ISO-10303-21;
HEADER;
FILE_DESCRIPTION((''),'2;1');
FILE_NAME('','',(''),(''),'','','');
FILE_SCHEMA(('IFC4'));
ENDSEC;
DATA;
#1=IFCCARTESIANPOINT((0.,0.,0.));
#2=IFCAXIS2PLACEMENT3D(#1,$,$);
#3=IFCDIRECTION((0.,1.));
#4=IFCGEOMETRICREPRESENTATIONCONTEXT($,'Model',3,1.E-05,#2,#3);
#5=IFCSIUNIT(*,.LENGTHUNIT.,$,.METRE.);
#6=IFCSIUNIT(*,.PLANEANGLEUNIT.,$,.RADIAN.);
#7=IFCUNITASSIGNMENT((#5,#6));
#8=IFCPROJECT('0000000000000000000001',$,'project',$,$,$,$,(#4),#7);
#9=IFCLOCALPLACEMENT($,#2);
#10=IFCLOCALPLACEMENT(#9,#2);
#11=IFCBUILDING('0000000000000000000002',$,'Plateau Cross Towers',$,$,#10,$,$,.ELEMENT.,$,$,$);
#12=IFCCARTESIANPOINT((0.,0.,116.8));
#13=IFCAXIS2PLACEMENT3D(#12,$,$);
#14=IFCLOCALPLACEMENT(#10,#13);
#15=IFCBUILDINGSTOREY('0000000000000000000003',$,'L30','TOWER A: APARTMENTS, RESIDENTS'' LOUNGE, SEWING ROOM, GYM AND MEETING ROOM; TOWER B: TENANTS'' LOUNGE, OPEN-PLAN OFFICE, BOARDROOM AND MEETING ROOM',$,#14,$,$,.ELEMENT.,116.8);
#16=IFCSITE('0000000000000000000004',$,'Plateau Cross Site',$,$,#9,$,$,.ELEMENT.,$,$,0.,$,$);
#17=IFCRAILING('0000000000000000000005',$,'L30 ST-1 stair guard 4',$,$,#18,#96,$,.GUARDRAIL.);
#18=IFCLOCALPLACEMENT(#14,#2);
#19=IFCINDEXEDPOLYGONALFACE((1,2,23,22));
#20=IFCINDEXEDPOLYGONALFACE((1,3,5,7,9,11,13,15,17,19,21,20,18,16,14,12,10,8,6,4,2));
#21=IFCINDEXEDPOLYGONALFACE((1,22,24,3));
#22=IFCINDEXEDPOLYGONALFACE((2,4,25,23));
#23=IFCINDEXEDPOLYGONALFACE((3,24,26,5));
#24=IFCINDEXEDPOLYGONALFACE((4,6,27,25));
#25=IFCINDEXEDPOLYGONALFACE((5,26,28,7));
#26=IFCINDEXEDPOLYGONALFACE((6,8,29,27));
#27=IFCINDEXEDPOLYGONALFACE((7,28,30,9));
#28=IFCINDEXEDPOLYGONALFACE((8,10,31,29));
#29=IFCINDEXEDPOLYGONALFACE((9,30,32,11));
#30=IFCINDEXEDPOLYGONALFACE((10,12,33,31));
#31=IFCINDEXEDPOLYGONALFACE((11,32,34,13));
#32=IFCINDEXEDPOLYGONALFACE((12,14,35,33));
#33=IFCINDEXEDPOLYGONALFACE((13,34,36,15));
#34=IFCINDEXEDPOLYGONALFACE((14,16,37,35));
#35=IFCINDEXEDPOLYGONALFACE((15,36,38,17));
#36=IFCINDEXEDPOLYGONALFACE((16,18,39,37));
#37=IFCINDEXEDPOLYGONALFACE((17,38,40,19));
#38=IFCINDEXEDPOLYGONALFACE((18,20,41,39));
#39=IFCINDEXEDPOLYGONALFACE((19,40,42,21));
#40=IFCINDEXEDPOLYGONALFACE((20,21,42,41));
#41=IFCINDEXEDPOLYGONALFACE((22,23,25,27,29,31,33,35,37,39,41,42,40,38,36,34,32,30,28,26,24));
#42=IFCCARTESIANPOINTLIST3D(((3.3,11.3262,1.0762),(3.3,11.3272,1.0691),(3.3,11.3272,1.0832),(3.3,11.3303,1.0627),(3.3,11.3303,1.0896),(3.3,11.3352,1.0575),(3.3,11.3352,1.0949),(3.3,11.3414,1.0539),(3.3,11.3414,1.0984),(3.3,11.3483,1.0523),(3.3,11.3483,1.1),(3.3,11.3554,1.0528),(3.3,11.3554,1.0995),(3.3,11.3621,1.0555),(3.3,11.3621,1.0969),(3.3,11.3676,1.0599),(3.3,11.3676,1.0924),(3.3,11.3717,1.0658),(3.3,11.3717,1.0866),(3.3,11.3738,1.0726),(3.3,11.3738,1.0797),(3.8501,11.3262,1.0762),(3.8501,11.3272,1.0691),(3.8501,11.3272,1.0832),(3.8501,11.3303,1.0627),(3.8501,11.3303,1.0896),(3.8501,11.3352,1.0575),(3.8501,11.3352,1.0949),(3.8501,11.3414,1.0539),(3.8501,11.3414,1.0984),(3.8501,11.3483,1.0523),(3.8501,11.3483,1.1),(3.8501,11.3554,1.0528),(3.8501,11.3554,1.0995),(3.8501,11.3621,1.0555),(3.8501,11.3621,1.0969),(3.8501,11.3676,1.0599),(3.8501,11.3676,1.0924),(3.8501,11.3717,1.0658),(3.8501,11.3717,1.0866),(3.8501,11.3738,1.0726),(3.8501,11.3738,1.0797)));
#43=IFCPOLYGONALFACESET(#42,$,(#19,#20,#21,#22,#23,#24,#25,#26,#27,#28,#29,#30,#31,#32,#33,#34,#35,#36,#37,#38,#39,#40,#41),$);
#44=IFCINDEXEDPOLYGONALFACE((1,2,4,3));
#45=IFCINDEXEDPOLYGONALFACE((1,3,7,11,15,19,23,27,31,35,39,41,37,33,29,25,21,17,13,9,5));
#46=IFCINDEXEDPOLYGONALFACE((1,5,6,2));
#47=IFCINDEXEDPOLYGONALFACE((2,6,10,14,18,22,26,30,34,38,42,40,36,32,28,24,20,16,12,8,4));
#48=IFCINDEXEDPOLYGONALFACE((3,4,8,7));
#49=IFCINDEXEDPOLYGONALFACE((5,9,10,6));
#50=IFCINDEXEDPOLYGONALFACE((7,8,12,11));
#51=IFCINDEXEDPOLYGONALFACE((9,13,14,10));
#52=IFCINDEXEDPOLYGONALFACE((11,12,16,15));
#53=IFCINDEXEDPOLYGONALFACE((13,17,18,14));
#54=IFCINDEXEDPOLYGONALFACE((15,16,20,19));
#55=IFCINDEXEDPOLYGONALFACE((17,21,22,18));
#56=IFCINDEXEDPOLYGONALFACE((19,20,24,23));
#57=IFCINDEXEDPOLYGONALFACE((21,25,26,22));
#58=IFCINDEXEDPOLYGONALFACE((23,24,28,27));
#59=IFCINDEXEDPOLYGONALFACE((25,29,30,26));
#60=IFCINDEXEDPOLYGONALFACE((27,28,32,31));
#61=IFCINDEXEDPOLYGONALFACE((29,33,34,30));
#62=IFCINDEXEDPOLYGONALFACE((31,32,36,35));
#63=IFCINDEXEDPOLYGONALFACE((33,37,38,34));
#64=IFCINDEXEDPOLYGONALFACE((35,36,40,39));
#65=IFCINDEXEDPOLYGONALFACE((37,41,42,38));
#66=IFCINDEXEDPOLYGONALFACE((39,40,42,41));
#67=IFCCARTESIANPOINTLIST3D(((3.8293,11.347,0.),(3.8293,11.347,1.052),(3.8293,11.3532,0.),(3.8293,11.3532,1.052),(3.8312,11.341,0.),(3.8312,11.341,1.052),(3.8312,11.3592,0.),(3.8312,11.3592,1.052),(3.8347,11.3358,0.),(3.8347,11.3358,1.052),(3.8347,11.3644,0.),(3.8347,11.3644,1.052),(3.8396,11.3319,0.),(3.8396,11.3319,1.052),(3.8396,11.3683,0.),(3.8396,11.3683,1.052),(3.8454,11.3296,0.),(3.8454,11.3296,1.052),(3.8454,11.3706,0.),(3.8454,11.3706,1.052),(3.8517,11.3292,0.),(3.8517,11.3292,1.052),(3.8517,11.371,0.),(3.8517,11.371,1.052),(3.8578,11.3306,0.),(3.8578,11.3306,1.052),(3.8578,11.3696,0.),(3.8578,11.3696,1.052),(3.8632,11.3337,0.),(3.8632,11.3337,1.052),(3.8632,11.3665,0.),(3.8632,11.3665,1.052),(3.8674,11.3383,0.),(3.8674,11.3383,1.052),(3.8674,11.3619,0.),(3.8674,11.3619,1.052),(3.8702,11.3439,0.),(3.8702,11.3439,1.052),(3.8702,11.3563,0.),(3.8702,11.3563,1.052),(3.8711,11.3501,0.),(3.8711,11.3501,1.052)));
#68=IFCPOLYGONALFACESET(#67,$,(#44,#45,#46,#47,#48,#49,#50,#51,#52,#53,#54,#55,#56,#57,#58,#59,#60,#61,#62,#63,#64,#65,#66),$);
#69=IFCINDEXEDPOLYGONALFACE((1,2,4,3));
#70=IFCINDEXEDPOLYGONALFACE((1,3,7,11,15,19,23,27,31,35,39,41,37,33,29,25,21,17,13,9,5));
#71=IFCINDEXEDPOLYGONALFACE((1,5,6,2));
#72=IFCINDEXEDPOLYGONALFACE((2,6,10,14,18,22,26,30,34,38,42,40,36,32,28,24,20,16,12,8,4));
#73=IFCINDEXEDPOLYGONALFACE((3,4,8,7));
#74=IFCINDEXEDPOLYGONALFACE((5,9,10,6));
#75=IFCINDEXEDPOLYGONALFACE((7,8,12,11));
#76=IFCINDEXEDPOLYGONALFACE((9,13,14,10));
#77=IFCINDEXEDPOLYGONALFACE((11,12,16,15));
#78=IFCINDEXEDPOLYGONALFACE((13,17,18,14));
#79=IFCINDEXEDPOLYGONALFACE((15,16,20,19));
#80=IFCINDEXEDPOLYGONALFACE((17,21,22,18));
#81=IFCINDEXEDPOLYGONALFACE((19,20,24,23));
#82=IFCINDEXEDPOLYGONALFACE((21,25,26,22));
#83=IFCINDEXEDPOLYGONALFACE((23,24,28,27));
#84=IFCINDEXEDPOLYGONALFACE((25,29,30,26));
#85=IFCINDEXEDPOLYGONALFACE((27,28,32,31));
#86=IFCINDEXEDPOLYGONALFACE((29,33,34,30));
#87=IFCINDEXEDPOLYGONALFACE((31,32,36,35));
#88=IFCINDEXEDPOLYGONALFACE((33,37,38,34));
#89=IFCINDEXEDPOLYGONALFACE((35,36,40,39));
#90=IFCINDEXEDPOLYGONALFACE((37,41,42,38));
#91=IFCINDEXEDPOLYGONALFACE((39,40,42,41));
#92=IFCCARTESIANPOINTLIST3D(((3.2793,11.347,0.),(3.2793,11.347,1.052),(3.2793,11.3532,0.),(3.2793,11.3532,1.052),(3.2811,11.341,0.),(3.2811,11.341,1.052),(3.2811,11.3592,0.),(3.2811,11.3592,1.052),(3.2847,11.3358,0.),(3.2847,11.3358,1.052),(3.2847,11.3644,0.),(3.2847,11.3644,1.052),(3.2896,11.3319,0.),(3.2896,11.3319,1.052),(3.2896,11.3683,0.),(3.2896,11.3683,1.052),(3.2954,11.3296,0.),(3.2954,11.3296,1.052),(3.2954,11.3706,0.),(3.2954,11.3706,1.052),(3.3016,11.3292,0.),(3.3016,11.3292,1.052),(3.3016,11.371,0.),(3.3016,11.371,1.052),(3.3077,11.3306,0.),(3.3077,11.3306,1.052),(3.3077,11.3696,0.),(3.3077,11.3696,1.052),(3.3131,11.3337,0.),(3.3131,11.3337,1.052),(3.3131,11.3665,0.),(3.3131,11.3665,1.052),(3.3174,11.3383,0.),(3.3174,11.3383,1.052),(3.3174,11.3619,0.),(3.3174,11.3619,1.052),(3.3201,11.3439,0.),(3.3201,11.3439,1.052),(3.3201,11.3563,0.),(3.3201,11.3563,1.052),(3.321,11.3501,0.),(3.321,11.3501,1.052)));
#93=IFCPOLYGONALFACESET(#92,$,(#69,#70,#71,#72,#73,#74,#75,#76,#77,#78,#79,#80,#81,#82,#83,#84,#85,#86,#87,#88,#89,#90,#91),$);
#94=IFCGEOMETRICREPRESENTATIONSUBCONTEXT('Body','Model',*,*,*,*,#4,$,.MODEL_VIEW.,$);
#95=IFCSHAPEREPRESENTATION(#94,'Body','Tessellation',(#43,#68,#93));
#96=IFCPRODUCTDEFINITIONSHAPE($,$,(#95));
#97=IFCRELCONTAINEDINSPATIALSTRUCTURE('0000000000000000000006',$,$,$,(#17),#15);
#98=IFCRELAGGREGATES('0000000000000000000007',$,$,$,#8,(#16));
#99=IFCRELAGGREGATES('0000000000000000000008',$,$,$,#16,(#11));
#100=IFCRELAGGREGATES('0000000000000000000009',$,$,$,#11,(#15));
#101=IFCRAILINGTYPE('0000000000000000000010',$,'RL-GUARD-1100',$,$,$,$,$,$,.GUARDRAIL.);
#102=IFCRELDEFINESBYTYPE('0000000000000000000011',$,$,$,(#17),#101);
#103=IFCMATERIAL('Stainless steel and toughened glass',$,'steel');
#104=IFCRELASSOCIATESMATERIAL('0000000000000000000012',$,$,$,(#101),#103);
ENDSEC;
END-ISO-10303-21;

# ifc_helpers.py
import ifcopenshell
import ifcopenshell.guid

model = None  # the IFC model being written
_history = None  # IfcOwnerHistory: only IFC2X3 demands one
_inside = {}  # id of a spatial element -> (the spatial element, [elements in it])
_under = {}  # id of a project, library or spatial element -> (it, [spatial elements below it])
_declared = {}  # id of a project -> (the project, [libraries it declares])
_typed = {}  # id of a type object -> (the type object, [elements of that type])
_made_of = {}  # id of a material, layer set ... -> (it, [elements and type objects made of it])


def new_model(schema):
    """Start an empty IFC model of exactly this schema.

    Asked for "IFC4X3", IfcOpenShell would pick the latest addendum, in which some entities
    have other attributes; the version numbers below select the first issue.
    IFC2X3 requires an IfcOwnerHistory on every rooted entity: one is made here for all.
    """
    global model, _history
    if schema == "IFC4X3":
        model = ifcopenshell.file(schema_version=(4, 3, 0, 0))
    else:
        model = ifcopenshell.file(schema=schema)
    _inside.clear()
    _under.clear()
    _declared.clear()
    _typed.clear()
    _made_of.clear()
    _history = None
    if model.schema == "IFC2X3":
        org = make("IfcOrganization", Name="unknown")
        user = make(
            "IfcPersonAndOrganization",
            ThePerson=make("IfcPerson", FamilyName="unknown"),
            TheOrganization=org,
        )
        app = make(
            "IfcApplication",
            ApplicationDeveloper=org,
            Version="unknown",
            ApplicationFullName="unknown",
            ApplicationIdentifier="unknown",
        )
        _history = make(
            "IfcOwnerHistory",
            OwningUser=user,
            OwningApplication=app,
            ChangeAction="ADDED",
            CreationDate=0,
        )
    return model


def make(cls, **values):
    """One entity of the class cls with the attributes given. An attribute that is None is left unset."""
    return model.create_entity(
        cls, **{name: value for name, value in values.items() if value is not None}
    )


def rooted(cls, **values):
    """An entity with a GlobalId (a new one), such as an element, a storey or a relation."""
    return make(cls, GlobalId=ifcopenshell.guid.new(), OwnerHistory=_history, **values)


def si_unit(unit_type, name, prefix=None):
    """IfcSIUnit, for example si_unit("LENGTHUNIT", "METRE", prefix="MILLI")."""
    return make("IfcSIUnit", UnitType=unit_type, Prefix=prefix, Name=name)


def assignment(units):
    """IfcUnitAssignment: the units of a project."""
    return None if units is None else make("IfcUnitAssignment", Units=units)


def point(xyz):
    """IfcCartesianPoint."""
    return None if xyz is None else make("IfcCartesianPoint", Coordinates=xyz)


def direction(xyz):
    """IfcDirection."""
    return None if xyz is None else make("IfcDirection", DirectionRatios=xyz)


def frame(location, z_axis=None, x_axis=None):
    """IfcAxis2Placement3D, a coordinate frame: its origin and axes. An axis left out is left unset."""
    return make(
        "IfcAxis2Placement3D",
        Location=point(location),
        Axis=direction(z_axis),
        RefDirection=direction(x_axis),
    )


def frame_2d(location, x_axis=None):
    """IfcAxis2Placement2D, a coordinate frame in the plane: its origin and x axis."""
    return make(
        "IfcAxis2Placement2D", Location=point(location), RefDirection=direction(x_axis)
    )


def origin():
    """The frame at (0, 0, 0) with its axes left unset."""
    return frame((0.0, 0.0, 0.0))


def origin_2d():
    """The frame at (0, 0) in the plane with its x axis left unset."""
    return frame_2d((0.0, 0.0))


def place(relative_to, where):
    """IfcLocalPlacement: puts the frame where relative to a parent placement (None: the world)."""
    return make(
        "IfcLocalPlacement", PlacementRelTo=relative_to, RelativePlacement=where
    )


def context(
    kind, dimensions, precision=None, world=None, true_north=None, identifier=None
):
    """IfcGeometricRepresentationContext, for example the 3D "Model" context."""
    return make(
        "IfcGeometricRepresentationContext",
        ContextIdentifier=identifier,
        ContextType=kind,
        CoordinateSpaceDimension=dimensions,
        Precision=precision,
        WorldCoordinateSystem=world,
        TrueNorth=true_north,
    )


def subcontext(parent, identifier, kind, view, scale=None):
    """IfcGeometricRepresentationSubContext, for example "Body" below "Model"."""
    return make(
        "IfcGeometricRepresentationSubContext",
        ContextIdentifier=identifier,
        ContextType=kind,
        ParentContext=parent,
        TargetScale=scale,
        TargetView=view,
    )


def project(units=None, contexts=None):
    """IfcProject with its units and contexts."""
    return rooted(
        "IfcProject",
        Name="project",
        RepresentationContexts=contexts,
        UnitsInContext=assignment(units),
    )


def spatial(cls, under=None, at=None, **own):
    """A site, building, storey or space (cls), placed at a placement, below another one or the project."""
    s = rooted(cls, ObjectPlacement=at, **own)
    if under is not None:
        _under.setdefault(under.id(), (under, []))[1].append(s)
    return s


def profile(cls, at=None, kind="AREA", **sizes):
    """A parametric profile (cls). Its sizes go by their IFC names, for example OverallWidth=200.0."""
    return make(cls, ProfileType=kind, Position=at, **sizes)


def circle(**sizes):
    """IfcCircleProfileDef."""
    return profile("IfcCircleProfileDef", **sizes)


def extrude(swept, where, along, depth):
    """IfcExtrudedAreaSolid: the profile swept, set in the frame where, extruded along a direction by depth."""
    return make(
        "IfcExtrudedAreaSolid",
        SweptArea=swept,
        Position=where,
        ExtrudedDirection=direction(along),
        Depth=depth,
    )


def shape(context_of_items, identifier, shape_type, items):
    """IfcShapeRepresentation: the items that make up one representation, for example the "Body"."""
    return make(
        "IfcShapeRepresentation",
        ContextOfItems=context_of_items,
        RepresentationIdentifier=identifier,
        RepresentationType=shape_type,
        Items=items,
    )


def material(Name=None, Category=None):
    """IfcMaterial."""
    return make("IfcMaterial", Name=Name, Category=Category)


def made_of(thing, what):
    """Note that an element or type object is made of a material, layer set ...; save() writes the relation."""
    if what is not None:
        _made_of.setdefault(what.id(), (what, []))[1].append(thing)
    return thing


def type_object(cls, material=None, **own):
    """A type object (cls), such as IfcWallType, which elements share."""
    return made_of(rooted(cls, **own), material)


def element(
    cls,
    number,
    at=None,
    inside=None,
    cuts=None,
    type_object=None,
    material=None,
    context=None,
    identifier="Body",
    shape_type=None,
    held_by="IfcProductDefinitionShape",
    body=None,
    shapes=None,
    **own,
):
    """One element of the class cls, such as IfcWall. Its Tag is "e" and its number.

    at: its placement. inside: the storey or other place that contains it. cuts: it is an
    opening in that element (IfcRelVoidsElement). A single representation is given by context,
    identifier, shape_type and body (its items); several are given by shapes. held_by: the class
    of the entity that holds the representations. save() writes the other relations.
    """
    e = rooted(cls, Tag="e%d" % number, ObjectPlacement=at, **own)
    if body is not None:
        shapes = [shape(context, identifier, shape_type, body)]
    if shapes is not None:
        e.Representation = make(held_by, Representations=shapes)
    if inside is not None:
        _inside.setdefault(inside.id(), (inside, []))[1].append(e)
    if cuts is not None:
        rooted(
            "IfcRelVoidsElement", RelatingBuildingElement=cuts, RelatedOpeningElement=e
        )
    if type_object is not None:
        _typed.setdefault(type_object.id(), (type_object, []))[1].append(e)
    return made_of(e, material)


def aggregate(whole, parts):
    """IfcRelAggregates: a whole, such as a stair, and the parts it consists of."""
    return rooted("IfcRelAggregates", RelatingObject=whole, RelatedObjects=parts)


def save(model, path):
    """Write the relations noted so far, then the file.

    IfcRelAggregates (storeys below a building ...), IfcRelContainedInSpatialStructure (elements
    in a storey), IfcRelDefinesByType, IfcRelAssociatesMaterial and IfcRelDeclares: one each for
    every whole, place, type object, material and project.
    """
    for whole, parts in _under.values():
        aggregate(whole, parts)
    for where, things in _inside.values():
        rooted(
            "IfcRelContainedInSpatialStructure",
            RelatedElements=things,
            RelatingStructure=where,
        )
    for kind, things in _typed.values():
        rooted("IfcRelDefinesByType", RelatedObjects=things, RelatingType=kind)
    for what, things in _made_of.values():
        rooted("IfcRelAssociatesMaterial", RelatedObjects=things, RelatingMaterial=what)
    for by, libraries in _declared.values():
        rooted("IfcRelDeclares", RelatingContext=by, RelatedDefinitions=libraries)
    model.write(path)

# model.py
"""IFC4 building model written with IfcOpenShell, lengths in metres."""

from ifc_helpers import new_model, si_unit, direction, frame, origin, origin_2d, place, context, subcontext, project, spatial, circle, extrude, material, type_object, element, save


model = new_model("IFC4")

# Units and contexts
model_context = context("Model", 3, precision=1e-05, world=origin(), true_north=direction((0.0, 1.0)))
body_context = subcontext(model_context, "Body", "Model", "MODEL_VIEW")
ifc_project = project(units=[si_unit("LENGTHUNIT", "METRE"), si_unit("PLANEANGLEUNIT", "RADIAN")], contexts=[model_context])

# Site, building, storey
site_placement = place(None, origin())
site = spatial("IfcSite", under=ifc_project, at=site_placement, Name="Plateau Cross Site", CompositionType="ELEMENT", RefElevation=0.0)
building_placement = place(site_placement, origin())
building = spatial("IfcBuilding", under=site, at=building_placement, Name="Plateau Cross Towers", CompositionType="ELEMENT")
storey_placement = place(building_placement, frame((0.0, 0.0, 116.8)))
storey = spatial("IfcBuildingStorey", under=building, at=storey_placement, Name="L30", Description="TOWER A: APARTMENTS, RESIDENTS' LOUNGE, SEWING ROOM, GYM AND MEETING ROOM; TOWER B: TENANTS' LOUNGE, OPEN-PLAN OFFICE, BOARDROOM AND MEETING ROOM", CompositionType="ELEMENT", Elevation=116.8)

# Railing
ifc_material_1 = material(Name="Stainless steel and toughened glass", Category="steel")
railing_type = type_object("IfcRailingType", Name="RL-GUARD-1100", PredefinedType="GUARDRAIL", material=ifc_material_1)
railing_1_placement = place(storey_placement, frame((3.8501, 11.3501, 0.0)))
element("IfcRailing", 1, at=railing_1_placement, inside=storey, type_object=railing_type, Name="L30 ST-1 stair guard 4", PredefinedType="GUARDRAIL", context=body_context, shape_type="SweptSolid", body=[
    extrude(circle(Radius=0.0239, at=origin_2d()), frame((0.0, 0.0, 1.0762), z_axis=(-1.0, 0.0, 0.0), x_axis=(0.0, -1.0, 0.0)), (0.0, 0.0, 1.0), 0.55),
    extrude(circle(Radius=0.021, at=origin_2d()), origin(), (0.0, 0.0, 1.0), 1.052),
    extrude(circle(Radius=0.021, at=origin_2d()), frame((-0.55, 0.0, 0.0)), (0.0, 0.0, 1.0), 1.052),
])

save(model, "model.ifc")
